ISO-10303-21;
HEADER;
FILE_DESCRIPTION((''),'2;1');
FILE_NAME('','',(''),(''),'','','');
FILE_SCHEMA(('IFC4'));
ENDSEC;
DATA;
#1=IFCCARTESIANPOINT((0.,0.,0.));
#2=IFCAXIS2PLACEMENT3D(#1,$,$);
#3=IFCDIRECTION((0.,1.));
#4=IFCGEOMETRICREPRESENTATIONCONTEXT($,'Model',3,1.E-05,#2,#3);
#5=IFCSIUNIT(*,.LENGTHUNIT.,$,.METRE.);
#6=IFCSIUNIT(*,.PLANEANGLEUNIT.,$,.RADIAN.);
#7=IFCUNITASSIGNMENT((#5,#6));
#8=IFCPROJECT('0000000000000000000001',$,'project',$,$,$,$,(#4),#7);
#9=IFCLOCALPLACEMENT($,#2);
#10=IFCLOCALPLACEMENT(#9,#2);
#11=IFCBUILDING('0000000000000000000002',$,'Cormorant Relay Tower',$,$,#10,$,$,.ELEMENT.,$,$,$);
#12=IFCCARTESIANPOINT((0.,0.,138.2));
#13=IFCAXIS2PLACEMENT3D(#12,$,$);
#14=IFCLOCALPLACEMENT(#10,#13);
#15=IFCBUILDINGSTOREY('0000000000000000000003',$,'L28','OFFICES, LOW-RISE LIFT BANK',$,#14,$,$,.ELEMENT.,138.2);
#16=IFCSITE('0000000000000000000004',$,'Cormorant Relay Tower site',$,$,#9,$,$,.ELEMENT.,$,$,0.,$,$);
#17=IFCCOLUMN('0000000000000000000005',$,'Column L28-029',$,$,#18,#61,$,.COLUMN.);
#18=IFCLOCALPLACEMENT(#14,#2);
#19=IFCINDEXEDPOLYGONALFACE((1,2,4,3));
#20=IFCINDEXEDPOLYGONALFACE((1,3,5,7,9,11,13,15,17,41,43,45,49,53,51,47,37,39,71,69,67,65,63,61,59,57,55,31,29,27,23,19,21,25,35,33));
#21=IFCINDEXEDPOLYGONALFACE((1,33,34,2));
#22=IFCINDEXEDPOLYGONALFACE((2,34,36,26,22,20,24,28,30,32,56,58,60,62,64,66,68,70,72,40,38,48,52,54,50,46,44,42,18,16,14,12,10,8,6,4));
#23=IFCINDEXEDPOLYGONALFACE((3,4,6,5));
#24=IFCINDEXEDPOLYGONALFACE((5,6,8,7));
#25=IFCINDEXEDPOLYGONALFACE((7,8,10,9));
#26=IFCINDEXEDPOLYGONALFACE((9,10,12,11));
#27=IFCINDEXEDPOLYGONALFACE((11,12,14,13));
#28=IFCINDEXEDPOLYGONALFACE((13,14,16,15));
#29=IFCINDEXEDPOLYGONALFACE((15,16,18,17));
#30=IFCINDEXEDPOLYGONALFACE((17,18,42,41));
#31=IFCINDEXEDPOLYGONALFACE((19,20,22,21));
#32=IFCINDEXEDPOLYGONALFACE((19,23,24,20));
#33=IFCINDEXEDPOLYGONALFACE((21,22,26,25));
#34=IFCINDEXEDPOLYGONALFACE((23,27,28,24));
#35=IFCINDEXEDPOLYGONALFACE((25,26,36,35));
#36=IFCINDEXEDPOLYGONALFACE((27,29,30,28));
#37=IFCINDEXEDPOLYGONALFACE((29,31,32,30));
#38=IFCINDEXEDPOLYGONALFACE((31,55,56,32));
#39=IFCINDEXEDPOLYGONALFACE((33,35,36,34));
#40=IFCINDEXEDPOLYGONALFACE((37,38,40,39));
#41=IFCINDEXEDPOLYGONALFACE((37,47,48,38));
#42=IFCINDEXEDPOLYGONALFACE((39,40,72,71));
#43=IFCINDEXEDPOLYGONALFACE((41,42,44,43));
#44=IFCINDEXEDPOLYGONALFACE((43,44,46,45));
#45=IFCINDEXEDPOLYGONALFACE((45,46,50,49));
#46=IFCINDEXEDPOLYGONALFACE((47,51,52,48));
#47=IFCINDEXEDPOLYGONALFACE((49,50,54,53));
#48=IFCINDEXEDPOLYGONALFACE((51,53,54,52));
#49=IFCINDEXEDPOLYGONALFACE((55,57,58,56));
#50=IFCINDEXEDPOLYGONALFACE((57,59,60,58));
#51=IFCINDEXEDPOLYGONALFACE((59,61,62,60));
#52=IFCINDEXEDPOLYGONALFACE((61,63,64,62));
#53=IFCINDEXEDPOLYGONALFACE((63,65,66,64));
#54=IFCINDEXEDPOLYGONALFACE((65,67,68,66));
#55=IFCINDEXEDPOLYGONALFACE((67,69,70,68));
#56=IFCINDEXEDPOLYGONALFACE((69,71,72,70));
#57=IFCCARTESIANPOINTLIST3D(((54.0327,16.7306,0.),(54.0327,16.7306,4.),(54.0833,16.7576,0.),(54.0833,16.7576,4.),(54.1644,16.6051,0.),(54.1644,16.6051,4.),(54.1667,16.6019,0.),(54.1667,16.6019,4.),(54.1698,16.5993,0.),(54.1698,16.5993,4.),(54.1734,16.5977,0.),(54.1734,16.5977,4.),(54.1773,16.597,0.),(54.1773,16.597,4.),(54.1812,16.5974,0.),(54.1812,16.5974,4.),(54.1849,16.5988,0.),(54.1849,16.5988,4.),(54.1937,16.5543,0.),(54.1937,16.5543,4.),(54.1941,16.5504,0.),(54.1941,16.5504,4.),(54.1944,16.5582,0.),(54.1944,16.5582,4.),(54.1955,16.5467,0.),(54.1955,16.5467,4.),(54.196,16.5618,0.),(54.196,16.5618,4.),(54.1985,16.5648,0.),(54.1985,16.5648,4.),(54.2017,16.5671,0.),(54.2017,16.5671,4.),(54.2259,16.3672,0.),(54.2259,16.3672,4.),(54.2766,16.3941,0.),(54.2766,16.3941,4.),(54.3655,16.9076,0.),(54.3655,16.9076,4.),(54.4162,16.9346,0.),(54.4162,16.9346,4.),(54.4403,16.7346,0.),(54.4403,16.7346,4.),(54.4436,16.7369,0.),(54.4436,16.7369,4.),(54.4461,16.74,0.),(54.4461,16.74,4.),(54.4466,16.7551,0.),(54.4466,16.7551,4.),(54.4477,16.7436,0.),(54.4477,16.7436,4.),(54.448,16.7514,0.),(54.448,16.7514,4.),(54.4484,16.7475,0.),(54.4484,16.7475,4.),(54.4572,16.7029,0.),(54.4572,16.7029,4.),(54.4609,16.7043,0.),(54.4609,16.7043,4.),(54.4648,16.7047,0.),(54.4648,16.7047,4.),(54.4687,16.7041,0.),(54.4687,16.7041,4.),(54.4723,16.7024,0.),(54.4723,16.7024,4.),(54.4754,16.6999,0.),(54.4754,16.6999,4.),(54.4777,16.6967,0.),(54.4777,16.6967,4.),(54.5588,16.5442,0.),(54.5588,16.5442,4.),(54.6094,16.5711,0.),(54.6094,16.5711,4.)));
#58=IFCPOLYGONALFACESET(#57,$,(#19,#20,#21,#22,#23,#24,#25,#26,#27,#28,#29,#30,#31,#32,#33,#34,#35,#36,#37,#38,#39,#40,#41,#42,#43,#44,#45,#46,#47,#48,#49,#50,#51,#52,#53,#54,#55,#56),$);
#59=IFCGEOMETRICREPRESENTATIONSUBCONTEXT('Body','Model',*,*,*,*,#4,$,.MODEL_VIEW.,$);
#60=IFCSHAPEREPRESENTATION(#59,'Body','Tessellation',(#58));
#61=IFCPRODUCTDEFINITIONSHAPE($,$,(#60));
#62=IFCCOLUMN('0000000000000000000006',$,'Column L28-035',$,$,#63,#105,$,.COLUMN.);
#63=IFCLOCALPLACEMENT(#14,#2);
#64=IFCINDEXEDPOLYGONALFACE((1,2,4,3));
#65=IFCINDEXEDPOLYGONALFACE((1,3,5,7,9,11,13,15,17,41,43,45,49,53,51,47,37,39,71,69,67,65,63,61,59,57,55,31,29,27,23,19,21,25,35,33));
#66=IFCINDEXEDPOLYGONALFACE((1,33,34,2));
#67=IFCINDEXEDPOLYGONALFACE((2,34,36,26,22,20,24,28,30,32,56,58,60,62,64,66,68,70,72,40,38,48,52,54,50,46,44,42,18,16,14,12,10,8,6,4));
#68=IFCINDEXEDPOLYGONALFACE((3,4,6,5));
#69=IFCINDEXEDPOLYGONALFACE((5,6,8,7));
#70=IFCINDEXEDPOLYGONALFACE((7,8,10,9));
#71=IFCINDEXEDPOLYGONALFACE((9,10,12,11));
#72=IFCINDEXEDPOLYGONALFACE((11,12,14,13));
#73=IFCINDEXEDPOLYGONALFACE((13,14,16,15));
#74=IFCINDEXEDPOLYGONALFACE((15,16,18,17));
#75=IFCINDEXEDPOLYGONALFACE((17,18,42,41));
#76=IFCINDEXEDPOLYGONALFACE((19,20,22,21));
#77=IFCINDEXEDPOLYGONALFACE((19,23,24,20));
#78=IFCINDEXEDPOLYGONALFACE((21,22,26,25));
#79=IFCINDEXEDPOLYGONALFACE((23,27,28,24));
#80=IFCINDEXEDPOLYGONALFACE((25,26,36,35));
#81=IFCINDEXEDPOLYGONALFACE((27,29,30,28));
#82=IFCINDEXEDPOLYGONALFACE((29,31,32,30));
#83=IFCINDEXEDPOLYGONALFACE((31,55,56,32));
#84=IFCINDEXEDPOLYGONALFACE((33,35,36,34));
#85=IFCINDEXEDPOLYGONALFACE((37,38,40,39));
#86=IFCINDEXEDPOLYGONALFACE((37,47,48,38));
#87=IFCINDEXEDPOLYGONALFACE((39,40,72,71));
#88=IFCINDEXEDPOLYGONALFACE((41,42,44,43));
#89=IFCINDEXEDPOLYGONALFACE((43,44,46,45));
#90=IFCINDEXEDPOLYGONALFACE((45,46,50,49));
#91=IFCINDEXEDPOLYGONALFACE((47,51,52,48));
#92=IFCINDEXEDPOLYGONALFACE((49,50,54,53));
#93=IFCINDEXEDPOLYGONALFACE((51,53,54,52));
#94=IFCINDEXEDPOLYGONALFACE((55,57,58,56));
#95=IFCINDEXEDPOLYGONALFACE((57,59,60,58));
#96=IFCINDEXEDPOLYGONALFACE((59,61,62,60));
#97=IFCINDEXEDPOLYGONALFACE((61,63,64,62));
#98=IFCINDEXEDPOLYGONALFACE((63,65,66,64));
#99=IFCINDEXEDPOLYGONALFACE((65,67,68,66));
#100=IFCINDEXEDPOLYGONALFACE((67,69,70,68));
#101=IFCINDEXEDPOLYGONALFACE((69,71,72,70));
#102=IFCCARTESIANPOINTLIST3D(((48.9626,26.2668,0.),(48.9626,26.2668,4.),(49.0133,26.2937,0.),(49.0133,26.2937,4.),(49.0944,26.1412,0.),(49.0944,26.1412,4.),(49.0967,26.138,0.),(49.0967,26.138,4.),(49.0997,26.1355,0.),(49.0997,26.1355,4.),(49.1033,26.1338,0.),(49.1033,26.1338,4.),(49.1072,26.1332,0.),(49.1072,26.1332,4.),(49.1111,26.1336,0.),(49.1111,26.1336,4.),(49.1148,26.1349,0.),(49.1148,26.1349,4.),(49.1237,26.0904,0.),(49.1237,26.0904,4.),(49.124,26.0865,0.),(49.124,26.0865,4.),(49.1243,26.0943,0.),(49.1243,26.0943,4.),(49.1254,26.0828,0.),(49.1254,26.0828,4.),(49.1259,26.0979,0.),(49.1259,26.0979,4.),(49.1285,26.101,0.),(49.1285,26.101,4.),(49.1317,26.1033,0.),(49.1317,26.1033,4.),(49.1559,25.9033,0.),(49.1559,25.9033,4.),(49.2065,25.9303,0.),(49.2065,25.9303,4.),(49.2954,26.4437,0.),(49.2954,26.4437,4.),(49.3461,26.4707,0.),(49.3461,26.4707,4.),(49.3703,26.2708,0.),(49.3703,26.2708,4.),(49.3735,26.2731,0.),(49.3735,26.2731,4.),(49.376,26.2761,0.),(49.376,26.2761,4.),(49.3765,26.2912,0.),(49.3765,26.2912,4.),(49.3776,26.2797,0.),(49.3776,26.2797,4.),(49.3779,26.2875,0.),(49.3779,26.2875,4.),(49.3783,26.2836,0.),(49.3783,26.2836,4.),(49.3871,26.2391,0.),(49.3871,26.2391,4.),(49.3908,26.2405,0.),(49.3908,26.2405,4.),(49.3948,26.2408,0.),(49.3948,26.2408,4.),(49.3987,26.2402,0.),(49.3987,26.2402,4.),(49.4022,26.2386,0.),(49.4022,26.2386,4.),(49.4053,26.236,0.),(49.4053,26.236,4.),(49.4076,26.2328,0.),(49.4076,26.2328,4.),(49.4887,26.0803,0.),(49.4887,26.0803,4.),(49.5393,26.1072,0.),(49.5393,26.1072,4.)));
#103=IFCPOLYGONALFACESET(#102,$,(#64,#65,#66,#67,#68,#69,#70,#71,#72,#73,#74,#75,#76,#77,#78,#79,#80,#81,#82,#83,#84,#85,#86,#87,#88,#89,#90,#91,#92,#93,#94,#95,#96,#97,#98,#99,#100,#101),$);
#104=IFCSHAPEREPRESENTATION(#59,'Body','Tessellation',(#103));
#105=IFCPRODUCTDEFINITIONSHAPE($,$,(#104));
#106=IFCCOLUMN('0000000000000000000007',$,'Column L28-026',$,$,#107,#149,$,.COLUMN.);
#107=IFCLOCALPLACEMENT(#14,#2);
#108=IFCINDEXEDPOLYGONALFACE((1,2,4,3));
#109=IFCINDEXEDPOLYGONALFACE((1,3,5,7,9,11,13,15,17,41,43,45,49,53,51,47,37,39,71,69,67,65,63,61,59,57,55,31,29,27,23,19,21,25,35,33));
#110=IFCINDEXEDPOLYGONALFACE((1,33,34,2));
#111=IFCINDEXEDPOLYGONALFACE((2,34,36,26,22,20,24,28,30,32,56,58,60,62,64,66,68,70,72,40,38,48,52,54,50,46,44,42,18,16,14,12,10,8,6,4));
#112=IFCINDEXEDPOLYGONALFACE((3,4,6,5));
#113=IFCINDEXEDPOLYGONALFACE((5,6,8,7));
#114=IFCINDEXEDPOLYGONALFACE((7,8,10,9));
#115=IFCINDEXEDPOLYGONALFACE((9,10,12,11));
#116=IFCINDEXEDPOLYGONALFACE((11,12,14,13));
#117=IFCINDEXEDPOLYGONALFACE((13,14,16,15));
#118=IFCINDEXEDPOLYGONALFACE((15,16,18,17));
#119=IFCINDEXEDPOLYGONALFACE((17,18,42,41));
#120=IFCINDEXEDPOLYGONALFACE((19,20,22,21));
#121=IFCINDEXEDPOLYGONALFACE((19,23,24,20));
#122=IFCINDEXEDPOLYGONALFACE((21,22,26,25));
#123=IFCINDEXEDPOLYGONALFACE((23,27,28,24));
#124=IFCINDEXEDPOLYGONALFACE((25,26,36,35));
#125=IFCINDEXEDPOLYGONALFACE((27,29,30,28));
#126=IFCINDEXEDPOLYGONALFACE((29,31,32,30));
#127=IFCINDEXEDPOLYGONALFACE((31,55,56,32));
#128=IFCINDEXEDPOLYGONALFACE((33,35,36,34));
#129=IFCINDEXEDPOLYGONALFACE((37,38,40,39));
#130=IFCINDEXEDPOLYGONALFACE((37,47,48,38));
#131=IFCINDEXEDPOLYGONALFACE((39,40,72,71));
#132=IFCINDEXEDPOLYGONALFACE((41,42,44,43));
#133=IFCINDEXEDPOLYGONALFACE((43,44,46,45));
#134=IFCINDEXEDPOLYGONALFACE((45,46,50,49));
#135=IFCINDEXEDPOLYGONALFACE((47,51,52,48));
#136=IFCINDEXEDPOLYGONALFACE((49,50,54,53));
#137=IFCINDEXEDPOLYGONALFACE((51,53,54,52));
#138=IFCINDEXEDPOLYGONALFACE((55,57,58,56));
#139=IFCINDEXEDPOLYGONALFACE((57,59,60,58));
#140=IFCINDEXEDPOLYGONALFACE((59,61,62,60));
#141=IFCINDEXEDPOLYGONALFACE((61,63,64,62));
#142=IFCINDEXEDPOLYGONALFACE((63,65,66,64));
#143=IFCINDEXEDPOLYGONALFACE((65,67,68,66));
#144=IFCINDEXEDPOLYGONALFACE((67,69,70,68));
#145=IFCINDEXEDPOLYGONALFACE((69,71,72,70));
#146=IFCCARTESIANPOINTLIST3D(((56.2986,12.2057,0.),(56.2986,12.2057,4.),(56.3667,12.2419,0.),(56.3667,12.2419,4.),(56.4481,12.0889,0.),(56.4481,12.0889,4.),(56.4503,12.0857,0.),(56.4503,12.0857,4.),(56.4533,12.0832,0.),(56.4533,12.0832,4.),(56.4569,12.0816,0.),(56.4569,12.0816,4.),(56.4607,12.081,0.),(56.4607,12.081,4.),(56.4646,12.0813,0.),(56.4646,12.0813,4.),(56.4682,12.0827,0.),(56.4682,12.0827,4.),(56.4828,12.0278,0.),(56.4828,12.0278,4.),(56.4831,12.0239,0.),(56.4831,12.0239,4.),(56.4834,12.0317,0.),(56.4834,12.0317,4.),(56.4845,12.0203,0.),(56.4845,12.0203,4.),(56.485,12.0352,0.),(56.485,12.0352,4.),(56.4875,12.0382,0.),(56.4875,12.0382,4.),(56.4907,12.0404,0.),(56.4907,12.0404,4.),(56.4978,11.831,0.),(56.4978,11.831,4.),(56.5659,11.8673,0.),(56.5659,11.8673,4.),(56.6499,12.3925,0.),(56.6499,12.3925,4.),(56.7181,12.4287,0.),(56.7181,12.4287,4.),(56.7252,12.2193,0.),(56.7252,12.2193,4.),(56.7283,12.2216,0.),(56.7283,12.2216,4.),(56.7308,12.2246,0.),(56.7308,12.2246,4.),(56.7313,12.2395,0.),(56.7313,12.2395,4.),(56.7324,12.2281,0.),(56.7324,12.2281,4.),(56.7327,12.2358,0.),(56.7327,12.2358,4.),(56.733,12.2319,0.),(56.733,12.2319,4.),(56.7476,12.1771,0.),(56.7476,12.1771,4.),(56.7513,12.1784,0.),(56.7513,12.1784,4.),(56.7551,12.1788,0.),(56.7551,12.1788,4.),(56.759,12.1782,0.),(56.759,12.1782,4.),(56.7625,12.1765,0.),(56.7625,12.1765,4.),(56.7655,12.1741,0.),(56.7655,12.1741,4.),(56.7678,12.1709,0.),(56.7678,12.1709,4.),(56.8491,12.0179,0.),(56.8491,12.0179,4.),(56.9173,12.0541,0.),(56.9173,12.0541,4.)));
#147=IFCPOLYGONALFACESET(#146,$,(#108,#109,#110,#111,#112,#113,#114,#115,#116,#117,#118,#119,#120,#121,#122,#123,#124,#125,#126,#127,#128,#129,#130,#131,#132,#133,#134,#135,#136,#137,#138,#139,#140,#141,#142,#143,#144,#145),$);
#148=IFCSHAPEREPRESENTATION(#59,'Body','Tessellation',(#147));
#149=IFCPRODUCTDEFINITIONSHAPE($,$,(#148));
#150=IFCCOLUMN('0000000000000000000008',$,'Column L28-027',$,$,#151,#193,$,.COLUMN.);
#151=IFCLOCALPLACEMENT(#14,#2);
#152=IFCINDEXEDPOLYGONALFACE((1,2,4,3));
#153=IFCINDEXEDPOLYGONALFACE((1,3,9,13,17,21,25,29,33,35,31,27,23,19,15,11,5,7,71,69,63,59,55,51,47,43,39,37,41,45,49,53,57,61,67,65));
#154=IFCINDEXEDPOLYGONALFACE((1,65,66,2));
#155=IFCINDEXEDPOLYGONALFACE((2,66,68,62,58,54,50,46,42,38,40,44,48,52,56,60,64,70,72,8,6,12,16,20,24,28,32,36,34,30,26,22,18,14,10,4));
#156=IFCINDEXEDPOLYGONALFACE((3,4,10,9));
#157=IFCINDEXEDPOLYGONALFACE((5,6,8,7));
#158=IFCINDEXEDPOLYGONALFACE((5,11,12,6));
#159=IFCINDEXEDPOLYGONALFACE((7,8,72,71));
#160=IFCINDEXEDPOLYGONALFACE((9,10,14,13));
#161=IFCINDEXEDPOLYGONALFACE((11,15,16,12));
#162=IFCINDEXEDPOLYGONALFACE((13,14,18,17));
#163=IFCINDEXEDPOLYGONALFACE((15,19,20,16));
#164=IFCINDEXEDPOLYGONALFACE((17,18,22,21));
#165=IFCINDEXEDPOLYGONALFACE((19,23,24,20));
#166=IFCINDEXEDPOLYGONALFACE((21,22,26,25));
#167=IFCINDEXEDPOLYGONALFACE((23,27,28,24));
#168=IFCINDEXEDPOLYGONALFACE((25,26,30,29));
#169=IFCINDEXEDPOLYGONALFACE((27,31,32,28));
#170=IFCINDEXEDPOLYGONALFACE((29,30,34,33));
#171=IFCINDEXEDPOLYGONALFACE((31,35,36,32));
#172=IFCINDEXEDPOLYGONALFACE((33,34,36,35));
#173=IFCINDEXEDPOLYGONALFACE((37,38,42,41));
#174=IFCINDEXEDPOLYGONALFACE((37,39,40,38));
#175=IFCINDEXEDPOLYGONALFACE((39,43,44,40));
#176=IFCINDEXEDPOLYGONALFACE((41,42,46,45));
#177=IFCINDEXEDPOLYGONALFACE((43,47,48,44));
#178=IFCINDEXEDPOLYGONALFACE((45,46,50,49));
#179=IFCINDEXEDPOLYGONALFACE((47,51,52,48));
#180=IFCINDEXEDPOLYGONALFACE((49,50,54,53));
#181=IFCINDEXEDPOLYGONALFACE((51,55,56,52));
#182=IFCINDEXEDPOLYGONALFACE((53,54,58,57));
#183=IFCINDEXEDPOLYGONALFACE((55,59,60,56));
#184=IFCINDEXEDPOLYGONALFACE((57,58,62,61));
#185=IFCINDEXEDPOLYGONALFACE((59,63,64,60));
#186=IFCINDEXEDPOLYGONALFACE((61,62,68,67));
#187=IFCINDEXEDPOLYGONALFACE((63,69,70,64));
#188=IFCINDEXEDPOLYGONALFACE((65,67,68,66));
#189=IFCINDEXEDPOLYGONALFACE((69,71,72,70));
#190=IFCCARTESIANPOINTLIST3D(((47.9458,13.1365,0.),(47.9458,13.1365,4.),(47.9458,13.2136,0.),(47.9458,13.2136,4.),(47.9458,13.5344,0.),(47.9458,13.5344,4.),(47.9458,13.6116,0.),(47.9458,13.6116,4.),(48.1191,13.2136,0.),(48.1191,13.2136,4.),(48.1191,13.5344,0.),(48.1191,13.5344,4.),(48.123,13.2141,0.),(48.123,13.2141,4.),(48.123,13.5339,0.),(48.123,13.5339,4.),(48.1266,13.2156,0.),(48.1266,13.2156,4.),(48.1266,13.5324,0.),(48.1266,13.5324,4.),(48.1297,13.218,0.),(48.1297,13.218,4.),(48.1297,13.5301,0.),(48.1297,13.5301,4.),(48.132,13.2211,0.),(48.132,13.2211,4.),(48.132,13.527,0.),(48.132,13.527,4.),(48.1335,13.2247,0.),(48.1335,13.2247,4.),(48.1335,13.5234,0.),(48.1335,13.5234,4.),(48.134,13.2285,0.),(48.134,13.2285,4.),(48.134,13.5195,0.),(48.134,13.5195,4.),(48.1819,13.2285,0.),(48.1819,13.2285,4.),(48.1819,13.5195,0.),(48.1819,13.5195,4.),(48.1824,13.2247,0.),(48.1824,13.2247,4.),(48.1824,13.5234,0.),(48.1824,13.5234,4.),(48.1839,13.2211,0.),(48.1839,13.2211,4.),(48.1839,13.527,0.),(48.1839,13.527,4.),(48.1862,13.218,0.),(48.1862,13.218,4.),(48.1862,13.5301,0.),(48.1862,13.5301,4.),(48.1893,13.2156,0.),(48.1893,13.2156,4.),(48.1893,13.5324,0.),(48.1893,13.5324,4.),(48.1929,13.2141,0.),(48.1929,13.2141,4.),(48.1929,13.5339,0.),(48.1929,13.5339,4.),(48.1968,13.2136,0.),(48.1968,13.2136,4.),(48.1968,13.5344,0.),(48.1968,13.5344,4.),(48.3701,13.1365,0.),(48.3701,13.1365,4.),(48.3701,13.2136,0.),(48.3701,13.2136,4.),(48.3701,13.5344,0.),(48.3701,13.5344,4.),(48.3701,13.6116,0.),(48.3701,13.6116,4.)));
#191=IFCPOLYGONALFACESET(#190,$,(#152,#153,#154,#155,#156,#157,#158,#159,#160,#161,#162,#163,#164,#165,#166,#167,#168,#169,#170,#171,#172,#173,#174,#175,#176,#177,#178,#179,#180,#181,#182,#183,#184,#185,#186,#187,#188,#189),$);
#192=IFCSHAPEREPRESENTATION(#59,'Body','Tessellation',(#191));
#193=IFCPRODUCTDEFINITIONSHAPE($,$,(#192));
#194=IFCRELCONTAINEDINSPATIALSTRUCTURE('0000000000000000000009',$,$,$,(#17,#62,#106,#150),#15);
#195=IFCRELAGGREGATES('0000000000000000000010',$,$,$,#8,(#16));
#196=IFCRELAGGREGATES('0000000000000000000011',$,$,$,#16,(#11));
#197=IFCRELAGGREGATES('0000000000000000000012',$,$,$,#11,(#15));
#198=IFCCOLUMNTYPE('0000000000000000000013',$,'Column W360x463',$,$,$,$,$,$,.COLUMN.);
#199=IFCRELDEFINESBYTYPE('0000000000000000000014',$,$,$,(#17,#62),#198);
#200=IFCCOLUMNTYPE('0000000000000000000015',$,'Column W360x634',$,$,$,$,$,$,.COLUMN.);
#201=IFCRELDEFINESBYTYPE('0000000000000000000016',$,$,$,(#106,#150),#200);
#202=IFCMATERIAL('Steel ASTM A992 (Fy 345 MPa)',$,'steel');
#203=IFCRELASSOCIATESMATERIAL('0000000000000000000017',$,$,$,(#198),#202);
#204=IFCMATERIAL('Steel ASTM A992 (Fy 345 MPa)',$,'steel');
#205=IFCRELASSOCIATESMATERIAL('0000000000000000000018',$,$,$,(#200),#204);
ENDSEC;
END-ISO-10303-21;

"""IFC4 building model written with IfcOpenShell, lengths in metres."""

from ifc_helpers import new_model, si_unit, direction, frame, origin, origin_2d, place, context, subcontext, project, spatial, i_section, extrude, material, material_profile, profile_set, type_object, element, save


model = new_model("IFC4")

# Units and contexts
model_context = context("Model", 3, precision=1e-05, world=origin(), true_north=direction((0.0, 1.0)))
body_context = subcontext(model_context, "Body", "Model", "MODEL_VIEW")
ifc_project = project(units=[si_unit("LENGTHUNIT", "METRE"), si_unit("PLANEANGLEUNIT", "RADIAN")], contexts=[model_context])

# Site, building, storey
site_placement = place(None, origin())
site = spatial("IfcSite", under=ifc_project, at=site_placement, Name="Cormorant Relay Tower site", CompositionType="ELEMENT", RefElevation=0.0)
building_placement = place(site_placement, origin())
building = spatial("IfcBuilding", under=site, at=building_placement, Name="Cormorant Relay Tower", CompositionType="ELEMENT")
storey_placement = place(building_placement, frame((0.0, 0.0, 138.2)))
storey = spatial("IfcBuildingStorey", under=building, at=storey_placement, Name="L28", Description="OFFICES, LOW-RISE LIFT BANK", CompositionType="ELEMENT", Elevation=138.2)

# Columns
ifc_material_1 = material(Name="Steel ASTM A992 (Fy 345 MPa)", Category="steel")
ifc_material_profile_1 = material_profile(ifc_material_1, i_section(OverallWidth=0.4116, OverallDepth=0.4343, WebThickness=0.0359, FlangeThickness=0.0574, FilletRadius=0.0151, at=origin_2d()), Name="W360x463")
ifc_profile_set_1 = profile_set([ifc_material_profile_1], Name="Steel ASTM A992 (Fy 345 MPa)")
column_type_1 = type_object("IfcColumnType", Name="Column W360x463", PredefinedType="COLUMN", material=ifc_profile_set_1)
for number, where, z_axis, x_axis, name in (
    (1, (54.321, 16.6509, 0.0), (0.0, 0.0, 1.0), (-0.469472, 0.882948, 0.0), "Column L28-029"),
    (2, (49.251, 26.187, 0.0), (0.0, 0.0, 1.0), (-0.469472, 0.882948, 0.0), "Column L28-035"),
):
    element("IfcColumn", number, at=place(storey_placement, frame(where, z_axis=z_axis, x_axis=x_axis)), inside=storey, type_object=column_type_1, Name=name, PredefinedType="COLUMN", context=body_context, shape_type="SweptSolid", body=[
        extrude(i_section(OverallWidth=0.4116, OverallDepth=0.4343, WebThickness=0.0359, FlangeThickness=0.0574, FilletRadius=0.0151, at=origin_2d()), origin(), (0.0, 0.0, 1.0), 4.0),
    ])
ifc_material_2 = material(Name="Steel ASTM A992 (Fy 345 MPa)", Category="steel")
ifc_material_profile_2 = material_profile(ifc_material_2, i_section(OverallWidth=0.4243, OverallDepth=0.4751, WebThickness=0.0479, FlangeThickness=0.0771, FilletRadius=0.0149, at=origin_2d()), Name="W360x634")
ifc_profile_set_2 = profile_set([ifc_material_profile_2], Name="Steel ASTM A992 (Fy 345 MPa)")
column_type_2 = type_object("IfcColumnType", Name="Column W360x634", PredefinedType="COLUMN", material=ifc_profile_set_2)
for number, where, z_axis, x_axis, name in (
    (3, (56.6079, 12.1299, 0.0), (0.0, 0.0, 1.0), (-0.469472, 0.882948, 0.0), "Column L28-026"),
    (4, (48.158, 13.374, 0.0), (0.0, 0.0, 1.0), (1.0, 0.0, 0.0), "Column L28-027"),
):
    element("IfcColumn", number, at=place(storey_placement, frame(where, z_axis=z_axis, x_axis=x_axis)), inside=storey, type_object=column_type_2, Name=name, PredefinedType="COLUMN", context=body_context, shape_type="SweptSolid", body=[
        extrude(i_section(OverallWidth=0.4243, OverallDepth=0.4751, WebThickness=0.0479, FlangeThickness=0.0771, FilletRadius=0.0149, at=origin_2d()), origin(), (0.0, 0.0, 1.0), 4.0),
    ])

save(model, "model.ifc")
